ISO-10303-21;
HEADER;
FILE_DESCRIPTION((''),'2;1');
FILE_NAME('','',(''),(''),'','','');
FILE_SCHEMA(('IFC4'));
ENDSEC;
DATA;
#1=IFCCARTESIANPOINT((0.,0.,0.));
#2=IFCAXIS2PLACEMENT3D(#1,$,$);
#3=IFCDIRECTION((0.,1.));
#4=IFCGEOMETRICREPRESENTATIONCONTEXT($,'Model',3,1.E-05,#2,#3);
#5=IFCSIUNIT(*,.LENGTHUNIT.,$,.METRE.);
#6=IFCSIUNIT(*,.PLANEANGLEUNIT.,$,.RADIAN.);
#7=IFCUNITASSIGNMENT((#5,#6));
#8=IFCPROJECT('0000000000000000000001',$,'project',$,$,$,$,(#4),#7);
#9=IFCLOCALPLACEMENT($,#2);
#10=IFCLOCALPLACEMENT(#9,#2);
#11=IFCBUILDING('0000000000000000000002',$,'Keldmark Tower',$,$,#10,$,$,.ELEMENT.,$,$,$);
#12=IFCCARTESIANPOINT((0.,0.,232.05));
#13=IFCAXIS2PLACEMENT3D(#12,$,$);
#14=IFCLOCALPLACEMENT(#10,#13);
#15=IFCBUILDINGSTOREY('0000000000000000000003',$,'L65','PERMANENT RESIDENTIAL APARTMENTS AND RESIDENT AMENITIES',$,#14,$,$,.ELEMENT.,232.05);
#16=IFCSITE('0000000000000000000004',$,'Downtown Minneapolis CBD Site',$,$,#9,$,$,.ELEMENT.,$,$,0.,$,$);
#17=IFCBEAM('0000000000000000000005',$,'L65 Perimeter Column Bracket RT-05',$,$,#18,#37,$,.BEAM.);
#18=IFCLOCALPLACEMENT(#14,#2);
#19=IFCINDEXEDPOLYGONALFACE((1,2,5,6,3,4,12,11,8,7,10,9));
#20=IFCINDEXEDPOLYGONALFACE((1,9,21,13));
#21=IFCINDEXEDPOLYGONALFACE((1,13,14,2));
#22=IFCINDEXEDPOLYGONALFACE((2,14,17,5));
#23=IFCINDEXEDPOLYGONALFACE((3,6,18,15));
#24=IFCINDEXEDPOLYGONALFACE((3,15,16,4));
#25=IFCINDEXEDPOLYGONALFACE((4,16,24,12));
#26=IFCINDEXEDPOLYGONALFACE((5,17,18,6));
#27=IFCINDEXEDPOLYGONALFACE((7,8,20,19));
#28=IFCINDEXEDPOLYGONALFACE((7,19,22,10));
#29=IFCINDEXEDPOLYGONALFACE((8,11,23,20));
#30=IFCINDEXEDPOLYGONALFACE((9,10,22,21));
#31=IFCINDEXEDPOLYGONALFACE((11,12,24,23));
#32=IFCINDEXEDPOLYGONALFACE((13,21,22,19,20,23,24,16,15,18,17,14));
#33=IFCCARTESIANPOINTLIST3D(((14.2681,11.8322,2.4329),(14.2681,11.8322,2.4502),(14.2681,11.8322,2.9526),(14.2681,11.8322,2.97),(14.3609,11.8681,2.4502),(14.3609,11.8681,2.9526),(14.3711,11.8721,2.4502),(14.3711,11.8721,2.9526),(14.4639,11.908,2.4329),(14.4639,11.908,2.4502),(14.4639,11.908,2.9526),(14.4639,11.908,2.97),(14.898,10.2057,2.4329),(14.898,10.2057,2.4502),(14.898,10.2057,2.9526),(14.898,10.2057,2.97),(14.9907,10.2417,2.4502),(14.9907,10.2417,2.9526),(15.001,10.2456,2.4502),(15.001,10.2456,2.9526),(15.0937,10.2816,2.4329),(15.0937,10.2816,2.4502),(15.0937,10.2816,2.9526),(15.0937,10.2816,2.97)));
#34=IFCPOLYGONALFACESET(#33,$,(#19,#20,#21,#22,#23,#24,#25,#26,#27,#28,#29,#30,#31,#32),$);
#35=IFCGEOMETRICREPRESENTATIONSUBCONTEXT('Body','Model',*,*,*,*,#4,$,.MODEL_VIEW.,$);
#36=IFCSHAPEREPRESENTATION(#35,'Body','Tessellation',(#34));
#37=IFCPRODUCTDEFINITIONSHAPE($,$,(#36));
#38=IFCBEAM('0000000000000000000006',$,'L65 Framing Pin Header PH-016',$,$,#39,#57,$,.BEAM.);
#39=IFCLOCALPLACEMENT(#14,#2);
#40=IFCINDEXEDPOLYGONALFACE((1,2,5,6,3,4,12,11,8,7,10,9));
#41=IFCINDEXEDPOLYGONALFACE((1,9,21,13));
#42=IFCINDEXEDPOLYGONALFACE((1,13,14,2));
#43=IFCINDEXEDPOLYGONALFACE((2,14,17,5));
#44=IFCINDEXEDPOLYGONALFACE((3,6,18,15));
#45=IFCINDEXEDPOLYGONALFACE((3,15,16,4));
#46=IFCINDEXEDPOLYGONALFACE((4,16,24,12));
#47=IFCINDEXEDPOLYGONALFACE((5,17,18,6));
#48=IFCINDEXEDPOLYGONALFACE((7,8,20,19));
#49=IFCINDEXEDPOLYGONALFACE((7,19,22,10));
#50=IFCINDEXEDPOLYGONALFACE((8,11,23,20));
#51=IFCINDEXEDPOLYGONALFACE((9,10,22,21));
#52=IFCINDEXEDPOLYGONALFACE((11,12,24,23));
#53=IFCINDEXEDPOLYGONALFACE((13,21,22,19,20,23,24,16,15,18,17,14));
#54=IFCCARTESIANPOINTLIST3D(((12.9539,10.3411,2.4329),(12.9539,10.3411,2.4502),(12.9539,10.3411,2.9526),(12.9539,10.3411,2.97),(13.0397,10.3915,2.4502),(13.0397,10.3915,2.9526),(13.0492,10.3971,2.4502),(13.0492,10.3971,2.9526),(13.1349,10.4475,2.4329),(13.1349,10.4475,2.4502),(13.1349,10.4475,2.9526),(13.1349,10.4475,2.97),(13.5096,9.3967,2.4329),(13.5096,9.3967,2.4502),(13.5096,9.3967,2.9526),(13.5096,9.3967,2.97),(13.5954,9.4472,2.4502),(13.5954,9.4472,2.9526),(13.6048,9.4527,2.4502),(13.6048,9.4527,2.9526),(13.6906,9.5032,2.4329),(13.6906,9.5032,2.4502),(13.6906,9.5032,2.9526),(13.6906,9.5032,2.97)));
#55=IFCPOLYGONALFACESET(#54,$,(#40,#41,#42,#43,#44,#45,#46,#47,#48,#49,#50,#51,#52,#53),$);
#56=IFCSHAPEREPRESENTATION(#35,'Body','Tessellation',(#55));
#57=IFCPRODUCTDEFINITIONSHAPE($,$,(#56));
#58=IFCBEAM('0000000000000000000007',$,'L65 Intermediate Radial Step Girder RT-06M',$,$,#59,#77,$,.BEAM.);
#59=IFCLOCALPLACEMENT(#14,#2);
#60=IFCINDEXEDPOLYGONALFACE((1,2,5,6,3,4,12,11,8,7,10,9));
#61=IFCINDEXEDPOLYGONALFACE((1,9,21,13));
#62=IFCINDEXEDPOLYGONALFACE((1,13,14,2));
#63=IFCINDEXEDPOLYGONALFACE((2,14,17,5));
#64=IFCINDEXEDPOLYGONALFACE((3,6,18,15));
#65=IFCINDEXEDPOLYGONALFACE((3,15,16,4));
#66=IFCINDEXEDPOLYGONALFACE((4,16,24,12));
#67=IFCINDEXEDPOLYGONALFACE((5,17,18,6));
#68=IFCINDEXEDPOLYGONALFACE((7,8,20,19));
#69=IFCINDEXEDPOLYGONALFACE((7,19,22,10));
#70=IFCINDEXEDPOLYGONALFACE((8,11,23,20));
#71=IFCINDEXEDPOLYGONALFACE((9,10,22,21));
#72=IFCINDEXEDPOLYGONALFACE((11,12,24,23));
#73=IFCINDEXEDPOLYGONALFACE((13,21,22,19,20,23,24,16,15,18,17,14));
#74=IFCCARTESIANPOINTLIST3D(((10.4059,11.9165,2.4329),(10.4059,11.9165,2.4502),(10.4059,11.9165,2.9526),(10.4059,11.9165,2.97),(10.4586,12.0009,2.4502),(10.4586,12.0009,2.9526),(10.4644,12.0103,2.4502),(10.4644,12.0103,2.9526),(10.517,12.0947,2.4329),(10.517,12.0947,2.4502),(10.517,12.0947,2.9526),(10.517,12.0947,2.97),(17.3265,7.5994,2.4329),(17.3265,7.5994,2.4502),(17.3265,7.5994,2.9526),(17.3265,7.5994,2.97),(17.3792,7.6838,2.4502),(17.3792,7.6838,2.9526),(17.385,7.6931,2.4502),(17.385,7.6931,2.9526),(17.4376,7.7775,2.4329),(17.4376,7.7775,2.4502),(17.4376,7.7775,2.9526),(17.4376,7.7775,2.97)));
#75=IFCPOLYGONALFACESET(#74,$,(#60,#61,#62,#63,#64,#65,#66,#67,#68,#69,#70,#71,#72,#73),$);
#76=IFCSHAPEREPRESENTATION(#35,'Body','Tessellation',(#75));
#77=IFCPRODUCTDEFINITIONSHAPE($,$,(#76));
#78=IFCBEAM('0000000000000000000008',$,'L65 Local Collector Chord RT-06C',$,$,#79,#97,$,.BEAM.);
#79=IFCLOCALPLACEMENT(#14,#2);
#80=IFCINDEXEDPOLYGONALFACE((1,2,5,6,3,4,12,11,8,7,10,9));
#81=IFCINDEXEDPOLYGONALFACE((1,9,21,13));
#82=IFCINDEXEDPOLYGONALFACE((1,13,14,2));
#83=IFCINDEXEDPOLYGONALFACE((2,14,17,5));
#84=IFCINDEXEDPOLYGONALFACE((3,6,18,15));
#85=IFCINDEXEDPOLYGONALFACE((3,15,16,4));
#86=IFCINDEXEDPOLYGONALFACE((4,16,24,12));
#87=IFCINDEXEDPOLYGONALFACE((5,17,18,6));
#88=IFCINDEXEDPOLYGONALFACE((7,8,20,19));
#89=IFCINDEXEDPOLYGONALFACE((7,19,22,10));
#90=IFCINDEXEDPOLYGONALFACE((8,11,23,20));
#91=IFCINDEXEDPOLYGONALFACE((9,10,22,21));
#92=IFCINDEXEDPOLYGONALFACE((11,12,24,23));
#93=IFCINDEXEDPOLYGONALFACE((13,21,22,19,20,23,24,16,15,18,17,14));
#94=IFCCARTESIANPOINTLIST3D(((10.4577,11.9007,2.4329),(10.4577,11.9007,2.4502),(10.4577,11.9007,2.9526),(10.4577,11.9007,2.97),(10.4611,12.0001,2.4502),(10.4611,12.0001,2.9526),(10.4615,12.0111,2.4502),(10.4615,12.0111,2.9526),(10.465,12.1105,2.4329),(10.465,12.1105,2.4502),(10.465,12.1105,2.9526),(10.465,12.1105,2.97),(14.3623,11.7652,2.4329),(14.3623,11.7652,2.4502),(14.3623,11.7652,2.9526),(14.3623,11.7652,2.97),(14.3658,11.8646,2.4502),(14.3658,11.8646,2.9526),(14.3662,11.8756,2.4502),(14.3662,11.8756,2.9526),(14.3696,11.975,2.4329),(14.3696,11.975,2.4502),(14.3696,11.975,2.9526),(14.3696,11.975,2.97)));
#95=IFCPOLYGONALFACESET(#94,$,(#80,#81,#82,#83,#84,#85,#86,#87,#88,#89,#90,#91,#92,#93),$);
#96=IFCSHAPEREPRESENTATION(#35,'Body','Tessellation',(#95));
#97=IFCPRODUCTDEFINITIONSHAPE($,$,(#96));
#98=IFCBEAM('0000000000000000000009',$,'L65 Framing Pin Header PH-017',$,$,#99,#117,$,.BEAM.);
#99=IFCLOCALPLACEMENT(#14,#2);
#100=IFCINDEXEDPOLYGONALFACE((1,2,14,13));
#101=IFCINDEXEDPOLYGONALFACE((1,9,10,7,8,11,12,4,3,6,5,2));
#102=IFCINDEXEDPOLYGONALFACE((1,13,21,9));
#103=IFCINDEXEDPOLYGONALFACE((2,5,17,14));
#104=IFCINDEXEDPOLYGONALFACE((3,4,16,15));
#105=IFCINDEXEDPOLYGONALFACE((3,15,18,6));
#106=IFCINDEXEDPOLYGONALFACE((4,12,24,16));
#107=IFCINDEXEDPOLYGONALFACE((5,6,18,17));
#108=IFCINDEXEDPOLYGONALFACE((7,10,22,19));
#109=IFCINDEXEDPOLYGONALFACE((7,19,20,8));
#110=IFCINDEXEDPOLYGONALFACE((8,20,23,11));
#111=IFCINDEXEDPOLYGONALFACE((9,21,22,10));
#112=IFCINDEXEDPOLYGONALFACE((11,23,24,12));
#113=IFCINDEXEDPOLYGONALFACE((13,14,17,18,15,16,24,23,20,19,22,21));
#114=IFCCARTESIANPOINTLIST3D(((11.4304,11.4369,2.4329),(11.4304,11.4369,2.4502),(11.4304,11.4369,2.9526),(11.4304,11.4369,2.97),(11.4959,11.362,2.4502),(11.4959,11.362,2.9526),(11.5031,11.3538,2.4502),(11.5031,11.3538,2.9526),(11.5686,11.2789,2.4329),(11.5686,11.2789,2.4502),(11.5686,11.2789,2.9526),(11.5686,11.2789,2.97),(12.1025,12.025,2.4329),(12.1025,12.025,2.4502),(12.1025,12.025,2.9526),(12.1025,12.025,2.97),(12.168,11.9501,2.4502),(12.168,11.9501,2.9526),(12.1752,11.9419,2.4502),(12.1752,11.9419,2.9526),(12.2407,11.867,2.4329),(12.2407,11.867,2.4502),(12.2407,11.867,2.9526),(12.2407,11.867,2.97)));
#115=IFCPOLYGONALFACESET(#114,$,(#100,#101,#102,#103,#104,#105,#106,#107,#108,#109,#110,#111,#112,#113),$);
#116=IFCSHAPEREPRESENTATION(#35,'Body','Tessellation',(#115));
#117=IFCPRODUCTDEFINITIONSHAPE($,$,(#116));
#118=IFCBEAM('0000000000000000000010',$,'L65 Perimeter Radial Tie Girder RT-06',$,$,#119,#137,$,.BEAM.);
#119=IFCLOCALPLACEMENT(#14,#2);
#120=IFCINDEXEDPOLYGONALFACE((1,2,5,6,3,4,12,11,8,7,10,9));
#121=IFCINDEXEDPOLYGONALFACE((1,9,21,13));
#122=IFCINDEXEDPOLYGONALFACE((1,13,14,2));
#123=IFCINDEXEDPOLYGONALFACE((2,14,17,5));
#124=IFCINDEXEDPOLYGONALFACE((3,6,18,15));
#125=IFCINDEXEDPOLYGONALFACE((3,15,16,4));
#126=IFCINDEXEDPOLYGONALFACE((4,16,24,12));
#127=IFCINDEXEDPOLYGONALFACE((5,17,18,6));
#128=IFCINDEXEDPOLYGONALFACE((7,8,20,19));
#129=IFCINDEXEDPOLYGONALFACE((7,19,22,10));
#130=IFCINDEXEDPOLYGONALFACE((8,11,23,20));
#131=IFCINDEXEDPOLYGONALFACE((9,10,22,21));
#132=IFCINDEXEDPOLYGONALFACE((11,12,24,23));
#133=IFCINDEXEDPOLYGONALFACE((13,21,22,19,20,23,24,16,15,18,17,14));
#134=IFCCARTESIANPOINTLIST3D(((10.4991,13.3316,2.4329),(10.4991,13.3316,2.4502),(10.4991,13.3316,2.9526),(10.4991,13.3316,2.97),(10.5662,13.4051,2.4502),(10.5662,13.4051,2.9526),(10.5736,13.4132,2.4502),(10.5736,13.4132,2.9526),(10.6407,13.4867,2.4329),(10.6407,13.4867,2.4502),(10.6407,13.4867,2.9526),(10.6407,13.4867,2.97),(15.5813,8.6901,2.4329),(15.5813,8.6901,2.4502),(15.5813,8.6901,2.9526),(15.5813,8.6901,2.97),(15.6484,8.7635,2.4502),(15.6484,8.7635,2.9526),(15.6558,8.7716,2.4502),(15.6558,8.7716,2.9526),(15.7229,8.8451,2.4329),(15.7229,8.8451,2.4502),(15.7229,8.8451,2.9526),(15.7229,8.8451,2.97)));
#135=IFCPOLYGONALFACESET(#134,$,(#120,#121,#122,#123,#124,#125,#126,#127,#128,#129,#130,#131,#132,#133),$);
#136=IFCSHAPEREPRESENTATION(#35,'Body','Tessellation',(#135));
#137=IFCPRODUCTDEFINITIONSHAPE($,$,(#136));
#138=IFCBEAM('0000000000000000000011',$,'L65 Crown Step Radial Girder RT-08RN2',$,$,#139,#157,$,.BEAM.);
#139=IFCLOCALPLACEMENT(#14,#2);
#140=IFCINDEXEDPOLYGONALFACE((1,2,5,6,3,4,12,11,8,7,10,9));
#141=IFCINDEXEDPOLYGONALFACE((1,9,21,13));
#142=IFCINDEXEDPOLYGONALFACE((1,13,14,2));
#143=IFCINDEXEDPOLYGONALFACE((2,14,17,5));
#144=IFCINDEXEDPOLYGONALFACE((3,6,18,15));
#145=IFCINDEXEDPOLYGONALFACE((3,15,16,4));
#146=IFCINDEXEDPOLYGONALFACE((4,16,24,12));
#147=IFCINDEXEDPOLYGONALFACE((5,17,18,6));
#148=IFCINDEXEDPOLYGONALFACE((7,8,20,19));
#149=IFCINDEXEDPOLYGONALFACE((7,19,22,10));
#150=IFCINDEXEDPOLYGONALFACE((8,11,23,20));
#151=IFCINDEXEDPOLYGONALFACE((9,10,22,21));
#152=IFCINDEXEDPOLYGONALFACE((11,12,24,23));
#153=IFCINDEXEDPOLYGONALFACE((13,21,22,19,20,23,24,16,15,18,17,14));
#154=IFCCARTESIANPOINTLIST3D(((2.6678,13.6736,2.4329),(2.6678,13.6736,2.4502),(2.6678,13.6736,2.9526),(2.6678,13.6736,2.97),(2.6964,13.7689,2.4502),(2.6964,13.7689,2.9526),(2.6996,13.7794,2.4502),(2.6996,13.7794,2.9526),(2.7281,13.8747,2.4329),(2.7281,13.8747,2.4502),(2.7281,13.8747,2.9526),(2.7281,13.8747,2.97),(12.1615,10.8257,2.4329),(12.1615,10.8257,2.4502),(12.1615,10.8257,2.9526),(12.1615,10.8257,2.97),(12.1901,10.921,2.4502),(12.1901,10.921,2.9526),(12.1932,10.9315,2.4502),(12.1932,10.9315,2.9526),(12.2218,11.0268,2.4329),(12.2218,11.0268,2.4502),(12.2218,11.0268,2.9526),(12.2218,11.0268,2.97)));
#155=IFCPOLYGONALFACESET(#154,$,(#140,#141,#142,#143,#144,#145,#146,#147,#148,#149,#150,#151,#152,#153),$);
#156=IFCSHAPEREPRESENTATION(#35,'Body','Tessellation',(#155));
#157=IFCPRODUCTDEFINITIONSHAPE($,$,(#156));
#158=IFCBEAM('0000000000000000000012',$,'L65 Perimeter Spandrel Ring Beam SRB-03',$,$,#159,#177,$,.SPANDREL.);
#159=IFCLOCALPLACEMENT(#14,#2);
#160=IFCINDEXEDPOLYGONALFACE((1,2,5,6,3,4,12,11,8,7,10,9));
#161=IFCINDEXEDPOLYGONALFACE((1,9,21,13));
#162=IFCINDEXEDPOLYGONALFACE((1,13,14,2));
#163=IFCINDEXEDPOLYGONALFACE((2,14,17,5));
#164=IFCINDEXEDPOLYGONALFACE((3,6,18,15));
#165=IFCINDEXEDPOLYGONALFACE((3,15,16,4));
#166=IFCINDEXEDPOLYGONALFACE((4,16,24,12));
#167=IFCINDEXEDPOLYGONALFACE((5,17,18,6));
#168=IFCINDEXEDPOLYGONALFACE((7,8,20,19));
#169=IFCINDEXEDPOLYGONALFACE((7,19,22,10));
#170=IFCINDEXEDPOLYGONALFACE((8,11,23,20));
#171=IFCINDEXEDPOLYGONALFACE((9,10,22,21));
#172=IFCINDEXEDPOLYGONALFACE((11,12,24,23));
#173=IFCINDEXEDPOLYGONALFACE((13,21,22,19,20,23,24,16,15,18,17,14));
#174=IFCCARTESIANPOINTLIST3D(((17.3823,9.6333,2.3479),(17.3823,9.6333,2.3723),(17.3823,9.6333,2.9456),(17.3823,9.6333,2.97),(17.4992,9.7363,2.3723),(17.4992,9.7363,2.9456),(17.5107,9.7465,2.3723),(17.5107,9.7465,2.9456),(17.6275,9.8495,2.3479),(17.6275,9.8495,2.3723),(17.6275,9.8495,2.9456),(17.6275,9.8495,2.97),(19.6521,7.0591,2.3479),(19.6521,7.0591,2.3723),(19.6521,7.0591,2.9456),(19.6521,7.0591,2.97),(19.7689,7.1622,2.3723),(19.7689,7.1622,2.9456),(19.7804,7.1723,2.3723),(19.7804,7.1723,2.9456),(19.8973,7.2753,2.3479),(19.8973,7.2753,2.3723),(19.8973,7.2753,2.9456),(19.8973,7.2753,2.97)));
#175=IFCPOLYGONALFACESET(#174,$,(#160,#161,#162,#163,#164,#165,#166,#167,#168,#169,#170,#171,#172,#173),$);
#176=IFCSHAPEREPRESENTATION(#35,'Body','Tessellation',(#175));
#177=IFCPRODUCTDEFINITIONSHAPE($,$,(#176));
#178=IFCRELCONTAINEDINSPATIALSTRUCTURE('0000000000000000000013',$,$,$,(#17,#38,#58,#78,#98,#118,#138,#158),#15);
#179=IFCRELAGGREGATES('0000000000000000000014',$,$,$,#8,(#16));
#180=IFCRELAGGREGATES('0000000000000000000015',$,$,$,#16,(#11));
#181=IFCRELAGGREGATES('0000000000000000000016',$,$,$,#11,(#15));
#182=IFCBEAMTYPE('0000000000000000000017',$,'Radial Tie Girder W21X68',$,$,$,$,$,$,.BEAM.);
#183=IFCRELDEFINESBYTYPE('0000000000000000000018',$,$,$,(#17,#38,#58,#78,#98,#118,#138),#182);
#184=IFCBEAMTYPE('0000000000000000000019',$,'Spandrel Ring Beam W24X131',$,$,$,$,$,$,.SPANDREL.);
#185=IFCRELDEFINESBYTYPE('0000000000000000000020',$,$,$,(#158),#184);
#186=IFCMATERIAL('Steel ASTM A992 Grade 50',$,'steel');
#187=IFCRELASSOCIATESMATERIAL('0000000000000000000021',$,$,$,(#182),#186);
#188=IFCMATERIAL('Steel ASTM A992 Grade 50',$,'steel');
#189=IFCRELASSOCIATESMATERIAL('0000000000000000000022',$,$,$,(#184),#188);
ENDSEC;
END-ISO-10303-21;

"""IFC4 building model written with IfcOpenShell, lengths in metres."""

from ifc_helpers import new_model, si_unit, direction, frame, origin, origin_2d, place, context, subcontext, project, spatial, i_section, extrude, material, material_profile, profile_set, type_object, element, save


model = new_model("IFC4")

# Units and contexts
model_context = context("Model", 3, precision=1e-05, world=origin(), true_north=direction((0.0, 1.0)))
body_context = subcontext(model_context, "Body", "Model", "MODEL_VIEW")
ifc_project = project(units=[si_unit("LENGTHUNIT", "METRE"), si_unit("PLANEANGLEUNIT", "RADIAN")], contexts=[model_context])

# Site, building, storey
site_placement = place(None, origin())
site = spatial("IfcSite", under=ifc_project, at=site_placement, Name="Downtown Minneapolis CBD Site", CompositionType="ELEMENT", RefElevation=0.0)
building_placement = place(site_placement, origin())
building = spatial("IfcBuilding", under=site, at=building_placement, Name="Keldmark Tower", CompositionType="ELEMENT")
storey_placement = place(building_placement, frame((0.0, 0.0, 232.05)))
storey = spatial("IfcBuildingStorey", under=building, at=storey_placement, Name="L65", Description="PERMANENT RESIDENTIAL APARTMENTS AND RESIDENT AMENITIES", CompositionType="ELEMENT", Elevation=232.05)

# Beams
ifc_material_1 = material(Name="Steel ASTM A992 Grade 50", Category="steel")
ifc_material_profile_1 = material_profile(ifc_material_1, i_section(OverallWidth=0.21, OverallDepth=0.5371, WebThickness=0.011, FlangeThickness=0.0173, at=origin_2d()), Name="W21X68")
ifc_profile_set_1 = profile_set([ifc_material_profile_1], Name="Steel ASTM A992 Grade 50")
beam_type_1 = type_object("IfcBeamType", Name="Radial Tie Girder W21X68", PredefinedType="BEAM", material=ifc_profile_set_1)
beam_1_placement = place(storey_placement, frame((14.9958, 10.2437, 2.7014), z_axis=(-0.361135, 0.932513, 0.0), x_axis=(-0.932513, -0.361135, 0.0)))
element("IfcBeam", 1, at=beam_1_placement, inside=storey, type_object=beam_type_1, Name="L65 Perimeter Column Bracket RT-05", PredefinedType="BEAM", context=body_context, shape_type="SweptSolid", body=[
    extrude(i_section(OverallWidth=0.21, OverallDepth=0.5371, WebThickness=0.011, FlangeThickness=0.0173, at=origin_2d()), origin(), (0.0, 0.0, 1.0), 1.7441),
])
beam_2_placement = place(storey_placement, frame((13.6001, 9.45, 2.7014), z_axis=(-0.507137, 0.861865, 0.0), x_axis=(-0.861865, -0.507137, 0.0)))
element("IfcBeam", 2, at=beam_2_placement, inside=storey, type_object=beam_type_1, Name="L65 Framing Pin Header PH-016", PredefinedType="BEAM", context=body_context, shape_type="SweptSolid", body=[
    extrude(i_section(OverallWidth=0.21, OverallDepth=0.5371, WebThickness=0.011, FlangeThickness=0.0173, at=origin_2d()), origin(), (0.0, 0.0, 1.0), 1.0957),
])
beam_3_placement = place(storey_placement, frame((17.3821, 7.6885, 2.7014), z_axis=(-0.848454, 0.52927, 0.0), x_axis=(-0.52927, -0.848454, 0.0)))
element("IfcBeam", 3, at=beam_3_placement, inside=storey, type_object=beam_type_1, Name="L65 Intermediate Radial Step Girder RT-06M", PredefinedType="BEAM", context=body_context, shape_type="SweptSolid", body=[
    extrude(i_section(OverallWidth=0.21, OverallDepth=0.5371, WebThickness=0.011, FlangeThickness=0.0173, at=origin_2d()), origin(), (0.0, 0.0, 1.0), 8.1567),
])
beam_4_placement = place(storey_placement, frame((14.366, 11.8701, 2.7014), z_axis=(-0.999398, 0.034682, 0.0), x_axis=(-0.034682, -0.999398, 0.0)))
element("IfcBeam", 4, at=beam_4_placement, inside=storey, type_object=beam_type_1, Name="L65 Local Collector Chord RT-06C", PredefinedType="BEAM", context=body_context, shape_type="SweptSolid", body=[
    extrude(i_section(OverallWidth=0.21, OverallDepth=0.5371, WebThickness=0.011, FlangeThickness=0.0173, at=origin_2d()), origin(), (0.0, 0.0, 1.0), 3.907),
])
beam_5_placement = place(storey_placement, frame((11.4995, 11.3579, 2.7014), z_axis=(0.75256, 0.658524, 0.0), x_axis=(-0.658524, 0.75256, 0.0)))
element("IfcBeam", 5, at=beam_5_placement, inside=storey, type_object=beam_type_1, Name="L65 Framing Pin Header PH-017", PredefinedType="BEAM", context=body_context, shape_type="SweptSolid", body=[
    extrude(i_section(OverallWidth=0.21, OverallDepth=0.5371, WebThickness=0.011, FlangeThickness=0.0173, at=origin_2d()), origin(), (0.0, 0.0, 1.0), 0.8931),
])
beam_6_placement = place(storey_placement, frame((15.6521, 8.7676, 2.7014), z_axis=(-0.738394, 0.674369, 0.0), x_axis=(-0.674369, -0.738394, 0.0)))
element("IfcBeam", 6, at=beam_6_placement, inside=storey, type_object=beam_type_1, Name="L65 Perimeter Radial Tie Girder RT-06", PredefinedType="BEAM", context=body_context, shape_type="SweptSolid", body=[
    extrude(i_section(OverallWidth=0.21, OverallDepth=0.5371, WebThickness=0.011, FlangeThickness=0.0173, at=origin_2d()), origin(), (0.0, 0.0, 1.0), 6.8828),
])
beam_7_placement = place(storey_placement, frame((12.1917, 10.9263, 2.7014), z_axis=(-0.957832, 0.28733, 0.0), x_axis=(-0.28733, -0.957832, 0.0)))
element("IfcBeam", 7, at=beam_7_placement, inside=storey, type_object=beam_type_1, Name="L65 Crown Step Radial Girder RT-08RN2", PredefinedType="BEAM", context=body_context, shape_type="SweptSolid", body=[
    extrude(i_section(OverallWidth=0.21, OverallDepth=0.5371, WebThickness=0.011, FlangeThickness=0.0173, at=origin_2d()), origin(), (0.0, 0.0, 1.0), 9.9116),
])
ifc_material_2 = material(Name="Steel ASTM A992 Grade 50", Category="steel")
ifc_material_profile_2 = material_profile(ifc_material_2, i_section(OverallWidth=0.3269, OverallDepth=0.6221, WebThickness=0.0154, FlangeThickness=0.0244, at=origin_2d()), Name="W24X131")
ifc_profile_set_2 = profile_set([ifc_material_profile_2], Name="Steel ASTM A992 Grade 50")
beam_type_2 = type_object("IfcBeamType", Name="Spandrel Ring Beam W24X131", PredefinedType="SPANDREL", material=ifc_profile_set_2)
beam_8_placement = place(storey_placement, frame((19.7747, 7.1672, 2.6589), z_axis=(-0.66136, 0.750068, 0.0), x_axis=(-0.750068, -0.66136, 0.0)))
element("IfcBeam", 8, at=beam_8_placement, inside=storey, type_object=beam_type_2, Name="L65 Perimeter Spandrel Ring Beam SRB-03", PredefinedType="SPANDREL", context=body_context, shape_type="SweptSolid", body=[
    extrude(i_section(OverallWidth=0.3269, OverallDepth=0.6221, WebThickness=0.0154, FlangeThickness=0.0244, at=origin_2d()), origin(), (0.0, 0.0, 1.0), 3.4319),
])

save(model, "model.ifc")
